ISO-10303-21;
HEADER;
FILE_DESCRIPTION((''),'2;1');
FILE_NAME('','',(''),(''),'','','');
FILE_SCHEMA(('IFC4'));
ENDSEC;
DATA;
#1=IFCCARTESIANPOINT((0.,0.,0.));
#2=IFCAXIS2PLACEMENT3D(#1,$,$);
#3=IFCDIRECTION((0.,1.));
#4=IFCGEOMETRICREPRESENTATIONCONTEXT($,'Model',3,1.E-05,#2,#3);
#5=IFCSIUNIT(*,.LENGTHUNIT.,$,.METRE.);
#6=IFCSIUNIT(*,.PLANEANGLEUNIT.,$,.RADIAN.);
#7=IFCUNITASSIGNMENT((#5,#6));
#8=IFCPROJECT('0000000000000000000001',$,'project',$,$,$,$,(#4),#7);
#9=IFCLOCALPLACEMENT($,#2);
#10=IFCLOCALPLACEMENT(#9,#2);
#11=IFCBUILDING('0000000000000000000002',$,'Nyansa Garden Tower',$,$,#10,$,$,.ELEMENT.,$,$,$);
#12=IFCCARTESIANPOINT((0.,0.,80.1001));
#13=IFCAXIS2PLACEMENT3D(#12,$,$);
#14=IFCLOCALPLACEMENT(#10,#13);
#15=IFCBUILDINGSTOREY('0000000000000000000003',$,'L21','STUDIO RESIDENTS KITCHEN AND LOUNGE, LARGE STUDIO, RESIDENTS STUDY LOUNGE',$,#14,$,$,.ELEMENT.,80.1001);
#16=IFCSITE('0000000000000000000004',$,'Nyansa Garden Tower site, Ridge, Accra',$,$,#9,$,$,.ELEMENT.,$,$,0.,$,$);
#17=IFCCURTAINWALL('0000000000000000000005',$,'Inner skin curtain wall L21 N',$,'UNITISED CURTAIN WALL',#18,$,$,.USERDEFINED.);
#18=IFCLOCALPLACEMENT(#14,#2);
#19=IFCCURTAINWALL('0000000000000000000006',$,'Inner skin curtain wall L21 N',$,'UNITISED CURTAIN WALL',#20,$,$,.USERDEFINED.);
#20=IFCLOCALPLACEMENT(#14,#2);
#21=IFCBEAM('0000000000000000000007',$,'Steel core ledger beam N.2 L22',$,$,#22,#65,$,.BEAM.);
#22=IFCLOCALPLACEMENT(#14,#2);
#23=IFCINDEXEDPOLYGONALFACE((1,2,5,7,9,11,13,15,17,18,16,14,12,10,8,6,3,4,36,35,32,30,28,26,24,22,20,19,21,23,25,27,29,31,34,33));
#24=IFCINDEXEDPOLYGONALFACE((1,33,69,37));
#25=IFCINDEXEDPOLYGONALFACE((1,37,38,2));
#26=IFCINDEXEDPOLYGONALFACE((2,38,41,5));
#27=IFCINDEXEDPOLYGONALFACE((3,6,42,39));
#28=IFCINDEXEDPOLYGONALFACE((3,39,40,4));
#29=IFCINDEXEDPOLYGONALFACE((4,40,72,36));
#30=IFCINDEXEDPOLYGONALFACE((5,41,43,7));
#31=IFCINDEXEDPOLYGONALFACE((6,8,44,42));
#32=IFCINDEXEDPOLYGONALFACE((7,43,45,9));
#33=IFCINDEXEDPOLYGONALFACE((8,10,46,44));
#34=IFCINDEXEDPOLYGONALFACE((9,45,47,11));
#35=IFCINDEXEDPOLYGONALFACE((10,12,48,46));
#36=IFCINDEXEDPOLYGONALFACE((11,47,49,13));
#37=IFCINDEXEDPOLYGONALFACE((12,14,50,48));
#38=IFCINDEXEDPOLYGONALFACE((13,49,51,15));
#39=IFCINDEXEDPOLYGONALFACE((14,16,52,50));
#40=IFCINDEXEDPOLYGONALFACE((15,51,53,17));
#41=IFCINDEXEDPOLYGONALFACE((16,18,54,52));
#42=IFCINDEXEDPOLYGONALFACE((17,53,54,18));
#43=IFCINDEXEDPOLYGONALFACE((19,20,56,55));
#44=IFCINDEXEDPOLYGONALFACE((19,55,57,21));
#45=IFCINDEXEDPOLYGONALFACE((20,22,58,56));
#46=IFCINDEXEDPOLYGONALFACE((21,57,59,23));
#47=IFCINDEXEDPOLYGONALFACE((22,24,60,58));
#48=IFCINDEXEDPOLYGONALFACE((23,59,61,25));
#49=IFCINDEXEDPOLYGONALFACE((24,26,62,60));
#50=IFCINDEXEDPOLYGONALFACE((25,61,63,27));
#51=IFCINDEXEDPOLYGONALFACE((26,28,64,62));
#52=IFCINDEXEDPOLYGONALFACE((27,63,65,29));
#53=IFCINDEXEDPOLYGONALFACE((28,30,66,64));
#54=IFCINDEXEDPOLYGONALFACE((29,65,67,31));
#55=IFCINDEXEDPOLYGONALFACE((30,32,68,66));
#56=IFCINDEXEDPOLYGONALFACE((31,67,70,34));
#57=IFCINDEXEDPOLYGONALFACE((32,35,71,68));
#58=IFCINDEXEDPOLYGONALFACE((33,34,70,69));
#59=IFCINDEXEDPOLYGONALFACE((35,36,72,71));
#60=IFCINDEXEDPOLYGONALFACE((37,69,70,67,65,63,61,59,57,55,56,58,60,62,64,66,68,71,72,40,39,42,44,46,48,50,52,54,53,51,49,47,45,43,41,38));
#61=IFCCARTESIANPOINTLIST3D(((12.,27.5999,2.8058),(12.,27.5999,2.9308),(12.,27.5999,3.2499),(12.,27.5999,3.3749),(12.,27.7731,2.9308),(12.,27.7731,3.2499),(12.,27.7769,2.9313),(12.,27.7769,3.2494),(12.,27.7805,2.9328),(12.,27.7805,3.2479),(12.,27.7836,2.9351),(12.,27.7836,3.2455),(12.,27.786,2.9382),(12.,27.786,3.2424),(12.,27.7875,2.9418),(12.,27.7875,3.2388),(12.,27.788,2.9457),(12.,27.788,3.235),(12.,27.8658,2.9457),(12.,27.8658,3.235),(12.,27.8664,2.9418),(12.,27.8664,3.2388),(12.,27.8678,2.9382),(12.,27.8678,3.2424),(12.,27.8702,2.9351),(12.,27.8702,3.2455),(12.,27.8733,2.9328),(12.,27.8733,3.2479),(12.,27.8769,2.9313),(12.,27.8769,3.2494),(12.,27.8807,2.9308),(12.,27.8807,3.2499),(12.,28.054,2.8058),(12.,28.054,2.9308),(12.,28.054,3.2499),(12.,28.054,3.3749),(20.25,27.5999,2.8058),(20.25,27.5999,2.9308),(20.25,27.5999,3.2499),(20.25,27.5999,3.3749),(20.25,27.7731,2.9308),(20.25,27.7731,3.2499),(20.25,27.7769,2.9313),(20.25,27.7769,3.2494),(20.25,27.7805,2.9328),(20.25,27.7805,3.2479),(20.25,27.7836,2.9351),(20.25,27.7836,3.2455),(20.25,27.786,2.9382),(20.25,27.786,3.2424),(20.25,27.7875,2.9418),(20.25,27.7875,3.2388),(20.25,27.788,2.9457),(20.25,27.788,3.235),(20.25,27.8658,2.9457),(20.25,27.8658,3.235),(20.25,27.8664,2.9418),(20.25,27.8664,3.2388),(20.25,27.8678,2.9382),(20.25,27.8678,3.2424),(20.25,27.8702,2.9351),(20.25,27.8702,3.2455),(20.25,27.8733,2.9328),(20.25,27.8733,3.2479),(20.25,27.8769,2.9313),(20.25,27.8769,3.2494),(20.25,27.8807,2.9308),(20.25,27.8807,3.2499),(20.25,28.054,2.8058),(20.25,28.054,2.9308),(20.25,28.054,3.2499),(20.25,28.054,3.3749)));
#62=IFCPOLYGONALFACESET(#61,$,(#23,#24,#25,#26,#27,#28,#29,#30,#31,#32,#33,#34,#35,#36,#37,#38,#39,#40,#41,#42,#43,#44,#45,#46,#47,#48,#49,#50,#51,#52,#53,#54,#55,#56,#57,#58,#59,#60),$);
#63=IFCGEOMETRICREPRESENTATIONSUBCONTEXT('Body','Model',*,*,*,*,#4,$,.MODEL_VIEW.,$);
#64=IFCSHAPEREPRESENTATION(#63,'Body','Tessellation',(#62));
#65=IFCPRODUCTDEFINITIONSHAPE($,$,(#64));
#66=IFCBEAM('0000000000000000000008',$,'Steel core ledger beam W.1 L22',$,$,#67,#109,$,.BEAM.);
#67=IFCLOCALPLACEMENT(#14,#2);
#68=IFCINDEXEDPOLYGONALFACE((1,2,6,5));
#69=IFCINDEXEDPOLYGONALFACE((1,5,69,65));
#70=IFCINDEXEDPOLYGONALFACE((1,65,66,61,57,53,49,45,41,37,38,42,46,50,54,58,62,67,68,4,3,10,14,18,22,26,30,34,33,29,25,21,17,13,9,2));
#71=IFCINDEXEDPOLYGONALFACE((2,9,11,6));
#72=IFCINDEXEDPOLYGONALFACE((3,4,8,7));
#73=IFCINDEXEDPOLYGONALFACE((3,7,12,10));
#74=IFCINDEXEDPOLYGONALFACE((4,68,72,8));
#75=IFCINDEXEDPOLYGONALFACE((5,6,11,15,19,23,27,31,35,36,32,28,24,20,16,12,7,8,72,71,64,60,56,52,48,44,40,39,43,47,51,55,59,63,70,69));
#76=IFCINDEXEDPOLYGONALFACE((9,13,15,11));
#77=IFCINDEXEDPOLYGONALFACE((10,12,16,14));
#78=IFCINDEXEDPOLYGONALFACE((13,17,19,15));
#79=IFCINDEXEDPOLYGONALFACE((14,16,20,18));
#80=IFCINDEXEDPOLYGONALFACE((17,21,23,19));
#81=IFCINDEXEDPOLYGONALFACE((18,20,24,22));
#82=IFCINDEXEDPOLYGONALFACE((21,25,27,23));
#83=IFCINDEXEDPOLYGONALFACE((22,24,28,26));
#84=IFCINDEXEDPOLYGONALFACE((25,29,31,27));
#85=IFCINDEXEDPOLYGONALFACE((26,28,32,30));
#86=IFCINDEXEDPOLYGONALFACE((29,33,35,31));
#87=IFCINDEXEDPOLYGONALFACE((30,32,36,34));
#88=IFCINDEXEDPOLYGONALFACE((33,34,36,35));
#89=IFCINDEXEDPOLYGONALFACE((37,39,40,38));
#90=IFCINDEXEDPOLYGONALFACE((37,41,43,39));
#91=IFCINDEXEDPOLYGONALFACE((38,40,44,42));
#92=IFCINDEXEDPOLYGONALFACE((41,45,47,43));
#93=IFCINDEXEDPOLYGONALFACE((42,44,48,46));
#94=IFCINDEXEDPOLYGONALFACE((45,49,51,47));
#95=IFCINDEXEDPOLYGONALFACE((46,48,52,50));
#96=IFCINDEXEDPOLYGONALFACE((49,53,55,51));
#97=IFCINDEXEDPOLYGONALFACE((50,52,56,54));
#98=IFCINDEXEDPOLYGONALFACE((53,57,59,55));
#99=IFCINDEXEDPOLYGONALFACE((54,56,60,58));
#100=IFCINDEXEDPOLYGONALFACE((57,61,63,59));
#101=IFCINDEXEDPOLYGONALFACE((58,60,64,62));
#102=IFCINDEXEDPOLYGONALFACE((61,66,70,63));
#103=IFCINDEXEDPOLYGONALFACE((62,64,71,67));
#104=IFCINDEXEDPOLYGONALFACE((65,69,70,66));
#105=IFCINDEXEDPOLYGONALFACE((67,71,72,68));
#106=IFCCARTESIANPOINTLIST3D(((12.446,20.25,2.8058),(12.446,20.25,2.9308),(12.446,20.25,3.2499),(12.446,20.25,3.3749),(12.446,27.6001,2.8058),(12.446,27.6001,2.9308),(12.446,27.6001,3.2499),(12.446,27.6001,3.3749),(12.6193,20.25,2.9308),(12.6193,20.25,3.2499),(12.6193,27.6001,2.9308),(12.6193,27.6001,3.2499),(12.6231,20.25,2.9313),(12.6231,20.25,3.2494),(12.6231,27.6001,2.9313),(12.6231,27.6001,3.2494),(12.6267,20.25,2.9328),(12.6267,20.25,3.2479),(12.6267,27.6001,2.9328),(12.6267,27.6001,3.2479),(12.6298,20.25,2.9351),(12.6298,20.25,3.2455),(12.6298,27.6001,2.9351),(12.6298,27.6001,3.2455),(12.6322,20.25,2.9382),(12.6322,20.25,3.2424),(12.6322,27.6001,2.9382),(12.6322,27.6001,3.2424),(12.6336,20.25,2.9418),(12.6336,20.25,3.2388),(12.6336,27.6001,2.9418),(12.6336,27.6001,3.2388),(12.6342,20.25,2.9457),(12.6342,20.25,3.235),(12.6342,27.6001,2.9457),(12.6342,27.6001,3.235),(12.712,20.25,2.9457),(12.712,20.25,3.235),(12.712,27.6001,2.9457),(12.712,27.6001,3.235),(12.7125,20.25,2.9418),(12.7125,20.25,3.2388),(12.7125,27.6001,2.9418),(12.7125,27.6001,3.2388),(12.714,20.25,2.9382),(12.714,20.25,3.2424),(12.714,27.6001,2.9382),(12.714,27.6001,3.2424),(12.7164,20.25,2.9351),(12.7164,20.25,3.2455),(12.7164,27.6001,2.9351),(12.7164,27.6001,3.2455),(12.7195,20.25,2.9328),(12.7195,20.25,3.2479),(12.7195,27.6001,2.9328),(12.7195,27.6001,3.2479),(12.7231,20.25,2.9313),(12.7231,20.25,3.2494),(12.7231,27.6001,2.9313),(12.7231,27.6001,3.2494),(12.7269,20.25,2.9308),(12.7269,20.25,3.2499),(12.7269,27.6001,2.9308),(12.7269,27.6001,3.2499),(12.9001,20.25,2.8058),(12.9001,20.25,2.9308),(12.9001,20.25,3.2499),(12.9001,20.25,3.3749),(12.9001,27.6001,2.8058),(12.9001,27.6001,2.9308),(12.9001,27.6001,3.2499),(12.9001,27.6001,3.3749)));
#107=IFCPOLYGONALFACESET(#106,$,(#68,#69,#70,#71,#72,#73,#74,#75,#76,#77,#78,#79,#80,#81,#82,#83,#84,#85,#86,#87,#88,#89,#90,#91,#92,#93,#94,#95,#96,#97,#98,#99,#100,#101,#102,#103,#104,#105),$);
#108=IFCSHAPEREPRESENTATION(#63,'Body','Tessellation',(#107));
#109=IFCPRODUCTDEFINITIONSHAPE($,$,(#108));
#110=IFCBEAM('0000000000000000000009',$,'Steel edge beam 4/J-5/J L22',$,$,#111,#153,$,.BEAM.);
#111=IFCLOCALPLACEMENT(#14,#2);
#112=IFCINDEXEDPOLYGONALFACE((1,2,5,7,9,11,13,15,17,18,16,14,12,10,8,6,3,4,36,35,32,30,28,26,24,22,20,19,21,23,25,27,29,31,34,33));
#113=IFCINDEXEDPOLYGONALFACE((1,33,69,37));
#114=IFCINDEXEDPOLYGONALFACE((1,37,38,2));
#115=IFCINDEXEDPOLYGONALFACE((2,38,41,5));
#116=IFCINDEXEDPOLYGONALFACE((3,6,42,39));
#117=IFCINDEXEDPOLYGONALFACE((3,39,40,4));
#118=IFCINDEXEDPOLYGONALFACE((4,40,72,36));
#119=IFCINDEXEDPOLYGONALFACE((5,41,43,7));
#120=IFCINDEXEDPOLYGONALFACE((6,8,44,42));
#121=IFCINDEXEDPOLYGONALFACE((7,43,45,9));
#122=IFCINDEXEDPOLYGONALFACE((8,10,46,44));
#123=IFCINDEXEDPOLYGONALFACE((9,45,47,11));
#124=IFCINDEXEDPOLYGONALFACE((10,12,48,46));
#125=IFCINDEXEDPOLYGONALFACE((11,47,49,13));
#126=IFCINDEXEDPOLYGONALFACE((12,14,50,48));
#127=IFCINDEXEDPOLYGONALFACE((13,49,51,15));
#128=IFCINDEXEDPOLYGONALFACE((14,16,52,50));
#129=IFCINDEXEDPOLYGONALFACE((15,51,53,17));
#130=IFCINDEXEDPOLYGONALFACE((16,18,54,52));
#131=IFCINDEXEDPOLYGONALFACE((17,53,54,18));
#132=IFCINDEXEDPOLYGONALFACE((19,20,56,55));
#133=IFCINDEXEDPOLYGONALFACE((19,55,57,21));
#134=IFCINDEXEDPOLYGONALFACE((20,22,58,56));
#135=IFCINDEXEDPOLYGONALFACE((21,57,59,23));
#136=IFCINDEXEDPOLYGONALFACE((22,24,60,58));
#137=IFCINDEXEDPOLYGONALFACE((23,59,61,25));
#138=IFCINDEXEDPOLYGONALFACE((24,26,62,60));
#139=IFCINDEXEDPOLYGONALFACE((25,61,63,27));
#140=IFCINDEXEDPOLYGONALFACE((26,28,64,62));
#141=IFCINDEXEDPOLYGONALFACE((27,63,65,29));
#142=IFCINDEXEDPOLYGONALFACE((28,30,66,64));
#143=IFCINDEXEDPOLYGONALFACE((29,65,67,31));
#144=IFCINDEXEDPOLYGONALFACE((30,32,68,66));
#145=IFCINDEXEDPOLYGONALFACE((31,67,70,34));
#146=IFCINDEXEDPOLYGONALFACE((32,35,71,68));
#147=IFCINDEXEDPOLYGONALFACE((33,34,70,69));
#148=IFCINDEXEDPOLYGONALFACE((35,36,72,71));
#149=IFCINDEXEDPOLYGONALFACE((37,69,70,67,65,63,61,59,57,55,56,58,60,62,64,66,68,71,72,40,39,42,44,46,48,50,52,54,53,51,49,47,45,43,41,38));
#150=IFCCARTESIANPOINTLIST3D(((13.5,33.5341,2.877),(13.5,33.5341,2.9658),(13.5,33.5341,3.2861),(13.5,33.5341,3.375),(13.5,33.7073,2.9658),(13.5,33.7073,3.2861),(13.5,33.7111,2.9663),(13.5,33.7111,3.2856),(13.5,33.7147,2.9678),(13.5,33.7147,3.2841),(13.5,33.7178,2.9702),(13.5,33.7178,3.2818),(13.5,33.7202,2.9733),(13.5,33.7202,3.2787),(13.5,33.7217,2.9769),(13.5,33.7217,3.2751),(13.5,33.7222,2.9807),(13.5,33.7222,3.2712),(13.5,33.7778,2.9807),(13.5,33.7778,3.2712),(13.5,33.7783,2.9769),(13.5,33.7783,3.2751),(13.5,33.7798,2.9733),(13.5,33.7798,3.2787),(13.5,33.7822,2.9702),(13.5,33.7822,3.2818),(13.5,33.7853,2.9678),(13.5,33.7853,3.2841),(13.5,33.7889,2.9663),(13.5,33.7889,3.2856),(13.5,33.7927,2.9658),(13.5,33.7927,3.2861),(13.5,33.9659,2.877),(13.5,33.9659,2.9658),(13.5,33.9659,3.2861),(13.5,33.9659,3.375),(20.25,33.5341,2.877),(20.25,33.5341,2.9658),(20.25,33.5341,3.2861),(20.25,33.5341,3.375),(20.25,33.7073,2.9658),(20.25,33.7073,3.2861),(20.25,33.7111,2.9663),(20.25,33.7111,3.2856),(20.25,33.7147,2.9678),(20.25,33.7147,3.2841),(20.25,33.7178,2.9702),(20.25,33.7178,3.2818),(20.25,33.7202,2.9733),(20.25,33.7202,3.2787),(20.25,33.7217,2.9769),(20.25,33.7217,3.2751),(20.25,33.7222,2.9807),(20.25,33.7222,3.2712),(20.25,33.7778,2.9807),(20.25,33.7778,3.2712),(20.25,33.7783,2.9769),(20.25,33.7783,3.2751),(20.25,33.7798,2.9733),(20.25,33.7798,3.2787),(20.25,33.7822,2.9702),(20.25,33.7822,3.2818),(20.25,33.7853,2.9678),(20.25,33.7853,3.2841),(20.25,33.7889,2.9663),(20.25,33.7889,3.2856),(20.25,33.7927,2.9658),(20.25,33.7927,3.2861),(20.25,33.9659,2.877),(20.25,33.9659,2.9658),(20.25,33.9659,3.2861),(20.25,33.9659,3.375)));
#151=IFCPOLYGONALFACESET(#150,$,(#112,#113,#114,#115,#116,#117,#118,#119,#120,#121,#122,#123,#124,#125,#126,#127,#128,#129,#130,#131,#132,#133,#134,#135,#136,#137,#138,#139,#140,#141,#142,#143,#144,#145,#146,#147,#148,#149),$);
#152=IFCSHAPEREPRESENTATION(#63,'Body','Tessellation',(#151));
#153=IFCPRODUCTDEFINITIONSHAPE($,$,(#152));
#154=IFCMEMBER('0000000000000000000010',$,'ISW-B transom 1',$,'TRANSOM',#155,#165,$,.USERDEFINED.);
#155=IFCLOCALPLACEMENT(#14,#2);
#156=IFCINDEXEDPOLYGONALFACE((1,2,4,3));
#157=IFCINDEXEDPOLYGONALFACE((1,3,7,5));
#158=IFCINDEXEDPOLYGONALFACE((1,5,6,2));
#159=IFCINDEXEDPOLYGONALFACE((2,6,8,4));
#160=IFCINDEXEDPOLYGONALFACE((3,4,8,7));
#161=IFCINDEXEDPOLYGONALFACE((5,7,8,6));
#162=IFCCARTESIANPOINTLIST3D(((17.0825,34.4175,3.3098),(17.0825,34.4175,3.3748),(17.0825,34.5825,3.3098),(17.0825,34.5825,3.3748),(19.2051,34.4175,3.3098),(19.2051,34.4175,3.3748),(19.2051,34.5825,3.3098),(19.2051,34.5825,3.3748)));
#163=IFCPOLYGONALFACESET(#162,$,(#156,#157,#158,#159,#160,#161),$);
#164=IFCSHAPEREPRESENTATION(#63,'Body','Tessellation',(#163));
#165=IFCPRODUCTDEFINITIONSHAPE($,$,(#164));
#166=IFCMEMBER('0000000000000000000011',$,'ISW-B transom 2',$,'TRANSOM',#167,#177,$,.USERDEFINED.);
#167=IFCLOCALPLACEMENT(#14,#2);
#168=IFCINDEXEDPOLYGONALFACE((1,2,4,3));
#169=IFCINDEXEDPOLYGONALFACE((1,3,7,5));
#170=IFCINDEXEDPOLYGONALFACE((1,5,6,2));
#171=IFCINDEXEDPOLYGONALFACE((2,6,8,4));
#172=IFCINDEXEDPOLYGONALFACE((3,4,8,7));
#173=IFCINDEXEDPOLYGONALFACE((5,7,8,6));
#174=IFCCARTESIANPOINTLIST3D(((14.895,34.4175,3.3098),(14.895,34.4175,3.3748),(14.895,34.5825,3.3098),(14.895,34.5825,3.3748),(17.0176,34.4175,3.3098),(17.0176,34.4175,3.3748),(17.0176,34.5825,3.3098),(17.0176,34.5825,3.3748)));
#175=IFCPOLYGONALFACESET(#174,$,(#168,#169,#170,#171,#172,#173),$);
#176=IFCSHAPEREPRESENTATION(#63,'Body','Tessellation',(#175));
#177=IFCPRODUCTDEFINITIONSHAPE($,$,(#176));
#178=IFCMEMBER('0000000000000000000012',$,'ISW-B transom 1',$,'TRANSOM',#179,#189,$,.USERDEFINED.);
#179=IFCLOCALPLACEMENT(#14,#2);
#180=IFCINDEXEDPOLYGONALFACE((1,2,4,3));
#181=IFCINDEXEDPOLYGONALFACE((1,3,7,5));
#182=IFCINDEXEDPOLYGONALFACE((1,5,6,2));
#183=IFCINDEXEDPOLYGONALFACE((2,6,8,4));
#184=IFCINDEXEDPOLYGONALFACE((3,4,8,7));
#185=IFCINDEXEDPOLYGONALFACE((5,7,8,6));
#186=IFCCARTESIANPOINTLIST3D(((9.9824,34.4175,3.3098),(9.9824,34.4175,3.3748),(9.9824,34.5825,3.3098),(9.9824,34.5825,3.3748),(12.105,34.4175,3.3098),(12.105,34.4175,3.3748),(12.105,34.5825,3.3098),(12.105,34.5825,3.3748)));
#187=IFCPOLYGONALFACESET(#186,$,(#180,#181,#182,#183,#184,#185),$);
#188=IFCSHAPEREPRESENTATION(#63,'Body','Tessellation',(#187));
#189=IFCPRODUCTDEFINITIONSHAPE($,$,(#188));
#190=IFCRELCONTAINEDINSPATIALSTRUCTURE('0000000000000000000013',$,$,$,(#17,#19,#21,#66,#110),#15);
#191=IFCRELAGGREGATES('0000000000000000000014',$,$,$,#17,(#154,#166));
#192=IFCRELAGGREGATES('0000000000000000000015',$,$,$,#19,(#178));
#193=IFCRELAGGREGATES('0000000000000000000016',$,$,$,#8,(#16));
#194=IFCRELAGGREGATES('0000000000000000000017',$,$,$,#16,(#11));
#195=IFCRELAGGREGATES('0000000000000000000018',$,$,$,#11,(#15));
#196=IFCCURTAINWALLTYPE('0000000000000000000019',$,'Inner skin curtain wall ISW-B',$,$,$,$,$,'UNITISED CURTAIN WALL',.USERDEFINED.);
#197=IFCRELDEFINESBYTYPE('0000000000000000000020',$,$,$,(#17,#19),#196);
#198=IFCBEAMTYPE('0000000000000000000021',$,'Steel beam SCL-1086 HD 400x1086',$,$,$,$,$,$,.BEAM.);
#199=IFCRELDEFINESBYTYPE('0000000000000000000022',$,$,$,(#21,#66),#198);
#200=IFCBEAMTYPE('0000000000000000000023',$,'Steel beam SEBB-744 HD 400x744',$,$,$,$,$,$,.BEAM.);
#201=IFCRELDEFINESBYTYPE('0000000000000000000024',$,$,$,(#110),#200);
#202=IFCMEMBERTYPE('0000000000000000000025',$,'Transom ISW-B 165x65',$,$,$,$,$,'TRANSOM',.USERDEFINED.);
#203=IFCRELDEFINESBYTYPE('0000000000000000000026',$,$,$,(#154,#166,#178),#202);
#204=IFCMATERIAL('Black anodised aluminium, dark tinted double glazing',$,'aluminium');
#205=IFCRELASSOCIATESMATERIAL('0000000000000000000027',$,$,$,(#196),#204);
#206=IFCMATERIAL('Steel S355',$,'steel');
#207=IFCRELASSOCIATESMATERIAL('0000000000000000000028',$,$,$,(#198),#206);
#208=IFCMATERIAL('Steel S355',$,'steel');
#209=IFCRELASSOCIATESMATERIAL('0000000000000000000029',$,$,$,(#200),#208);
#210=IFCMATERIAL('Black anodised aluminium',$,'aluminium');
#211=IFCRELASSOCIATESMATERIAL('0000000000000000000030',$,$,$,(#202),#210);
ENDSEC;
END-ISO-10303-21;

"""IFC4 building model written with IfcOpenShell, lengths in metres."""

from ifc_helpers import new_model, si_unit, direction, frame, origin, origin_2d, place, context, subcontext, project, spatial, rectangle, i_section, extrude, material, material_profile, profile_set, type_object, element, aggregate, save


model = new_model("IFC4")

# Units and contexts
model_context = context("Model", 3, precision=1e-05, world=origin(), true_north=direction((0.0, 1.0)))
body_context = subcontext(model_context, "Body", "Model", "MODEL_VIEW")
ifc_project = project(units=[si_unit("LENGTHUNIT", "METRE"), si_unit("PLANEANGLEUNIT", "RADIAN")], contexts=[model_context])

# Site, building, storey
site_placement = place(None, origin())
site = spatial("IfcSite", under=ifc_project, at=site_placement, Name="Nyansa Garden Tower site, Ridge, Accra", CompositionType="ELEMENT", RefElevation=0.0)
building_placement = place(site_placement, origin())
building = spatial("IfcBuilding", under=site, at=building_placement, Name="Nyansa Garden Tower", CompositionType="ELEMENT")
storey_placement = place(building_placement, frame((0.0, 0.0, 80.1001)))
storey = spatial("IfcBuildingStorey", under=building, at=storey_placement, Name="L21", Description="STUDIO RESIDENTS KITCHEN AND LOUNGE, LARGE STUDIO, RESIDENTS STUDY LOUNGE", CompositionType="ELEMENT", Elevation=80.1001)

# Curtain wall
ifc_material_1 = material(Name="Black anodised aluminium, dark tinted double glazing", Category="aluminium")
curtain_wall_type = type_object("IfcCurtainWallType", Name="Inner skin curtain wall ISW-B", ElementType="UNITISED CURTAIN WALL", PredefinedType="USERDEFINED", material=ifc_material_1)
curtain_wall_1_placement = place(storey_placement, origin())
curtain_wall_1 = element("IfcCurtainWall", 1, at=curtain_wall_1_placement, inside=storey, type_object=curtain_wall_type, Name="Inner skin curtain wall L21 N", ObjectType="UNITISED CURTAIN WALL", PredefinedType="USERDEFINED")

# Curtain wall
curtain_wall_2_placement = place(storey_placement, origin())
curtain_wall_2 = element("IfcCurtainWall", 2, at=curtain_wall_2_placement, inside=storey, type_object=curtain_wall_type, Name="Inner skin curtain wall L21 N", ObjectType="UNITISED CURTAIN WALL", PredefinedType="USERDEFINED")

# Beams
ifc_material_2 = material(Name="Steel S355", Category="steel")
ifc_material_profile_1 = material_profile(ifc_material_2, i_section(OverallWidth=0.4541, OverallDepth=0.5691, WebThickness=0.0779, FlangeThickness=0.125, FilletRadius=0.0149, at=origin_2d()), Name="HD 400x1086")
ifc_profile_set_1 = profile_set([ifc_material_profile_1], Name="Steel S355")
beam_type_1 = type_object("IfcBeamType", Name="Steel beam SCL-1086 HD 400x1086", PredefinedType="BEAM", material=ifc_profile_set_1)
beam_1_placement = place(storey_placement, frame((20.25, 27.8269, 3.0903), z_axis=(-1.0, 0.0, 0.0), x_axis=(0.0, -1.0, 0.0)))
element("IfcBeam", 3, at=beam_1_placement, inside=storey, type_object=beam_type_1, Name="Steel core ledger beam N.2 L22", PredefinedType="BEAM", context=body_context, shape_type="SweptSolid", body=[
    extrude(i_section(OverallWidth=0.4541, OverallDepth=0.5691, WebThickness=0.0779, FlangeThickness=0.125, FilletRadius=0.0149, at=origin_2d()), origin(), (0.0, 0.0, 1.0), 8.25),
])
beam_2_placement = place(storey_placement, frame((12.6731, 27.6001, 3.0903), z_axis=(0.0, -1.0, 0.0), x_axis=(1.0, 0.0, 0.0)))
element("IfcBeam", 4, at=beam_2_placement, inside=storey, type_object=beam_type_1, Name="Steel core ledger beam W.1 L22", PredefinedType="BEAM", context=body_context, shape_type="SweptSolid", body=[
    extrude(i_section(OverallWidth=0.4541, OverallDepth=0.5691, WebThickness=0.0779, FlangeThickness=0.125, FilletRadius=0.0149, at=origin_2d()), origin(), (0.0, 0.0, 1.0), 7.3501),
])
ifc_material_3 = material(Name="Steel S355", Category="steel")
ifc_material_profile_2 = material_profile(ifc_material_3, i_section(OverallWidth=0.4319, OverallDepth=0.498, WebThickness=0.0557, FlangeThickness=0.0889, FilletRadius=0.0149, at=origin_2d()), Name="HD 400x744")
ifc_profile_set_2 = profile_set([ifc_material_profile_2], Name="Steel S355")
beam_type_2 = type_object("IfcBeamType", Name="Steel beam SEBB-744 HD 400x744", PredefinedType="BEAM", material=ifc_profile_set_2)
beam_3_placement = place(storey_placement, frame((13.5, 33.75, 3.126), z_axis=(1.0, 0.0, 0.0), x_axis=(0.0, 1.0, 0.0)))
element("IfcBeam", 5, at=beam_3_placement, inside=storey, type_object=beam_type_2, Name="Steel edge beam 4/J-5/J L22", PredefinedType="BEAM", context=body_context, shape_type="SweptSolid", body=[
    extrude(i_section(OverallWidth=0.4319, OverallDepth=0.498, WebThickness=0.0557, FlangeThickness=0.0889, FilletRadius=0.0149, at=origin_2d()), origin(), (0.0, 0.0, 1.0), 6.75),
])

# Members
ifc_material_4 = material(Name="Black anodised aluminium", Category="aluminium")
ifc_material_profile_3 = material_profile(ifc_material_4, rectangle(XDim=0.165, YDim=0.0649, at=origin_2d()), Name="Transom 165x65")
ifc_profile_set_3 = profile_set([ifc_material_profile_3], Name="Black anodised aluminium")
member_type_1 = type_object("IfcMemberType", Name="Transom ISW-B 165x65", ElementType="TRANSOM", PredefinedType="USERDEFINED", material=ifc_profile_set_3)
member_1_placement = place(storey_placement, frame((19.2051, 34.5, 3.3423), z_axis=(-1.0, 0.0, 0.0), x_axis=(0.0, -1.0, 0.0)))
member_1 = element("IfcMember", 6, at=member_1_placement, type_object=member_type_1, Name="ISW-B transom 1", ObjectType="TRANSOM", PredefinedType="USERDEFINED", context=body_context, shape_type="SweptSolid", body=[
    extrude(rectangle(XDim=0.165, YDim=0.0649, at=origin_2d()), origin(), (0.0, 0.0, 1.0), 2.1226),
])
member_2_placement = place(storey_placement, frame((17.0176, 34.5, 3.3423), z_axis=(-1.0, 0.0, 0.0), x_axis=(0.0, -1.0, 0.0)))
member_2 = element("IfcMember", 7, at=member_2_placement, type_object=member_type_1, Name="ISW-B transom 2", ObjectType="TRANSOM", PredefinedType="USERDEFINED", context=body_context, shape_type="SweptSolid", body=[
    extrude(rectangle(XDim=0.165, YDim=0.0649, at=origin_2d()), origin(), (0.0, 0.0, 1.0), 2.1226),
])
member_3_placement = place(storey_placement, frame((12.105, 34.5, 3.3423), z_axis=(-1.0, 0.0, 0.0), x_axis=(0.0, -1.0, 0.0)))
member_3 = element("IfcMember", 8, at=member_3_placement, type_object=member_type_1, Name="ISW-B transom 1", ObjectType="TRANSOM", PredefinedType="USERDEFINED", context=body_context, shape_type="SweptSolid", body=[
    extrude(rectangle(XDim=0.165, YDim=0.0649, at=origin_2d()), origin(), (0.0, 0.0, 1.0), 2.1226),
])

aggregate(curtain_wall_1, [member_1, member_2])
aggregate(curtain_wall_2, [member_3])

save(model, "model.ifc")
